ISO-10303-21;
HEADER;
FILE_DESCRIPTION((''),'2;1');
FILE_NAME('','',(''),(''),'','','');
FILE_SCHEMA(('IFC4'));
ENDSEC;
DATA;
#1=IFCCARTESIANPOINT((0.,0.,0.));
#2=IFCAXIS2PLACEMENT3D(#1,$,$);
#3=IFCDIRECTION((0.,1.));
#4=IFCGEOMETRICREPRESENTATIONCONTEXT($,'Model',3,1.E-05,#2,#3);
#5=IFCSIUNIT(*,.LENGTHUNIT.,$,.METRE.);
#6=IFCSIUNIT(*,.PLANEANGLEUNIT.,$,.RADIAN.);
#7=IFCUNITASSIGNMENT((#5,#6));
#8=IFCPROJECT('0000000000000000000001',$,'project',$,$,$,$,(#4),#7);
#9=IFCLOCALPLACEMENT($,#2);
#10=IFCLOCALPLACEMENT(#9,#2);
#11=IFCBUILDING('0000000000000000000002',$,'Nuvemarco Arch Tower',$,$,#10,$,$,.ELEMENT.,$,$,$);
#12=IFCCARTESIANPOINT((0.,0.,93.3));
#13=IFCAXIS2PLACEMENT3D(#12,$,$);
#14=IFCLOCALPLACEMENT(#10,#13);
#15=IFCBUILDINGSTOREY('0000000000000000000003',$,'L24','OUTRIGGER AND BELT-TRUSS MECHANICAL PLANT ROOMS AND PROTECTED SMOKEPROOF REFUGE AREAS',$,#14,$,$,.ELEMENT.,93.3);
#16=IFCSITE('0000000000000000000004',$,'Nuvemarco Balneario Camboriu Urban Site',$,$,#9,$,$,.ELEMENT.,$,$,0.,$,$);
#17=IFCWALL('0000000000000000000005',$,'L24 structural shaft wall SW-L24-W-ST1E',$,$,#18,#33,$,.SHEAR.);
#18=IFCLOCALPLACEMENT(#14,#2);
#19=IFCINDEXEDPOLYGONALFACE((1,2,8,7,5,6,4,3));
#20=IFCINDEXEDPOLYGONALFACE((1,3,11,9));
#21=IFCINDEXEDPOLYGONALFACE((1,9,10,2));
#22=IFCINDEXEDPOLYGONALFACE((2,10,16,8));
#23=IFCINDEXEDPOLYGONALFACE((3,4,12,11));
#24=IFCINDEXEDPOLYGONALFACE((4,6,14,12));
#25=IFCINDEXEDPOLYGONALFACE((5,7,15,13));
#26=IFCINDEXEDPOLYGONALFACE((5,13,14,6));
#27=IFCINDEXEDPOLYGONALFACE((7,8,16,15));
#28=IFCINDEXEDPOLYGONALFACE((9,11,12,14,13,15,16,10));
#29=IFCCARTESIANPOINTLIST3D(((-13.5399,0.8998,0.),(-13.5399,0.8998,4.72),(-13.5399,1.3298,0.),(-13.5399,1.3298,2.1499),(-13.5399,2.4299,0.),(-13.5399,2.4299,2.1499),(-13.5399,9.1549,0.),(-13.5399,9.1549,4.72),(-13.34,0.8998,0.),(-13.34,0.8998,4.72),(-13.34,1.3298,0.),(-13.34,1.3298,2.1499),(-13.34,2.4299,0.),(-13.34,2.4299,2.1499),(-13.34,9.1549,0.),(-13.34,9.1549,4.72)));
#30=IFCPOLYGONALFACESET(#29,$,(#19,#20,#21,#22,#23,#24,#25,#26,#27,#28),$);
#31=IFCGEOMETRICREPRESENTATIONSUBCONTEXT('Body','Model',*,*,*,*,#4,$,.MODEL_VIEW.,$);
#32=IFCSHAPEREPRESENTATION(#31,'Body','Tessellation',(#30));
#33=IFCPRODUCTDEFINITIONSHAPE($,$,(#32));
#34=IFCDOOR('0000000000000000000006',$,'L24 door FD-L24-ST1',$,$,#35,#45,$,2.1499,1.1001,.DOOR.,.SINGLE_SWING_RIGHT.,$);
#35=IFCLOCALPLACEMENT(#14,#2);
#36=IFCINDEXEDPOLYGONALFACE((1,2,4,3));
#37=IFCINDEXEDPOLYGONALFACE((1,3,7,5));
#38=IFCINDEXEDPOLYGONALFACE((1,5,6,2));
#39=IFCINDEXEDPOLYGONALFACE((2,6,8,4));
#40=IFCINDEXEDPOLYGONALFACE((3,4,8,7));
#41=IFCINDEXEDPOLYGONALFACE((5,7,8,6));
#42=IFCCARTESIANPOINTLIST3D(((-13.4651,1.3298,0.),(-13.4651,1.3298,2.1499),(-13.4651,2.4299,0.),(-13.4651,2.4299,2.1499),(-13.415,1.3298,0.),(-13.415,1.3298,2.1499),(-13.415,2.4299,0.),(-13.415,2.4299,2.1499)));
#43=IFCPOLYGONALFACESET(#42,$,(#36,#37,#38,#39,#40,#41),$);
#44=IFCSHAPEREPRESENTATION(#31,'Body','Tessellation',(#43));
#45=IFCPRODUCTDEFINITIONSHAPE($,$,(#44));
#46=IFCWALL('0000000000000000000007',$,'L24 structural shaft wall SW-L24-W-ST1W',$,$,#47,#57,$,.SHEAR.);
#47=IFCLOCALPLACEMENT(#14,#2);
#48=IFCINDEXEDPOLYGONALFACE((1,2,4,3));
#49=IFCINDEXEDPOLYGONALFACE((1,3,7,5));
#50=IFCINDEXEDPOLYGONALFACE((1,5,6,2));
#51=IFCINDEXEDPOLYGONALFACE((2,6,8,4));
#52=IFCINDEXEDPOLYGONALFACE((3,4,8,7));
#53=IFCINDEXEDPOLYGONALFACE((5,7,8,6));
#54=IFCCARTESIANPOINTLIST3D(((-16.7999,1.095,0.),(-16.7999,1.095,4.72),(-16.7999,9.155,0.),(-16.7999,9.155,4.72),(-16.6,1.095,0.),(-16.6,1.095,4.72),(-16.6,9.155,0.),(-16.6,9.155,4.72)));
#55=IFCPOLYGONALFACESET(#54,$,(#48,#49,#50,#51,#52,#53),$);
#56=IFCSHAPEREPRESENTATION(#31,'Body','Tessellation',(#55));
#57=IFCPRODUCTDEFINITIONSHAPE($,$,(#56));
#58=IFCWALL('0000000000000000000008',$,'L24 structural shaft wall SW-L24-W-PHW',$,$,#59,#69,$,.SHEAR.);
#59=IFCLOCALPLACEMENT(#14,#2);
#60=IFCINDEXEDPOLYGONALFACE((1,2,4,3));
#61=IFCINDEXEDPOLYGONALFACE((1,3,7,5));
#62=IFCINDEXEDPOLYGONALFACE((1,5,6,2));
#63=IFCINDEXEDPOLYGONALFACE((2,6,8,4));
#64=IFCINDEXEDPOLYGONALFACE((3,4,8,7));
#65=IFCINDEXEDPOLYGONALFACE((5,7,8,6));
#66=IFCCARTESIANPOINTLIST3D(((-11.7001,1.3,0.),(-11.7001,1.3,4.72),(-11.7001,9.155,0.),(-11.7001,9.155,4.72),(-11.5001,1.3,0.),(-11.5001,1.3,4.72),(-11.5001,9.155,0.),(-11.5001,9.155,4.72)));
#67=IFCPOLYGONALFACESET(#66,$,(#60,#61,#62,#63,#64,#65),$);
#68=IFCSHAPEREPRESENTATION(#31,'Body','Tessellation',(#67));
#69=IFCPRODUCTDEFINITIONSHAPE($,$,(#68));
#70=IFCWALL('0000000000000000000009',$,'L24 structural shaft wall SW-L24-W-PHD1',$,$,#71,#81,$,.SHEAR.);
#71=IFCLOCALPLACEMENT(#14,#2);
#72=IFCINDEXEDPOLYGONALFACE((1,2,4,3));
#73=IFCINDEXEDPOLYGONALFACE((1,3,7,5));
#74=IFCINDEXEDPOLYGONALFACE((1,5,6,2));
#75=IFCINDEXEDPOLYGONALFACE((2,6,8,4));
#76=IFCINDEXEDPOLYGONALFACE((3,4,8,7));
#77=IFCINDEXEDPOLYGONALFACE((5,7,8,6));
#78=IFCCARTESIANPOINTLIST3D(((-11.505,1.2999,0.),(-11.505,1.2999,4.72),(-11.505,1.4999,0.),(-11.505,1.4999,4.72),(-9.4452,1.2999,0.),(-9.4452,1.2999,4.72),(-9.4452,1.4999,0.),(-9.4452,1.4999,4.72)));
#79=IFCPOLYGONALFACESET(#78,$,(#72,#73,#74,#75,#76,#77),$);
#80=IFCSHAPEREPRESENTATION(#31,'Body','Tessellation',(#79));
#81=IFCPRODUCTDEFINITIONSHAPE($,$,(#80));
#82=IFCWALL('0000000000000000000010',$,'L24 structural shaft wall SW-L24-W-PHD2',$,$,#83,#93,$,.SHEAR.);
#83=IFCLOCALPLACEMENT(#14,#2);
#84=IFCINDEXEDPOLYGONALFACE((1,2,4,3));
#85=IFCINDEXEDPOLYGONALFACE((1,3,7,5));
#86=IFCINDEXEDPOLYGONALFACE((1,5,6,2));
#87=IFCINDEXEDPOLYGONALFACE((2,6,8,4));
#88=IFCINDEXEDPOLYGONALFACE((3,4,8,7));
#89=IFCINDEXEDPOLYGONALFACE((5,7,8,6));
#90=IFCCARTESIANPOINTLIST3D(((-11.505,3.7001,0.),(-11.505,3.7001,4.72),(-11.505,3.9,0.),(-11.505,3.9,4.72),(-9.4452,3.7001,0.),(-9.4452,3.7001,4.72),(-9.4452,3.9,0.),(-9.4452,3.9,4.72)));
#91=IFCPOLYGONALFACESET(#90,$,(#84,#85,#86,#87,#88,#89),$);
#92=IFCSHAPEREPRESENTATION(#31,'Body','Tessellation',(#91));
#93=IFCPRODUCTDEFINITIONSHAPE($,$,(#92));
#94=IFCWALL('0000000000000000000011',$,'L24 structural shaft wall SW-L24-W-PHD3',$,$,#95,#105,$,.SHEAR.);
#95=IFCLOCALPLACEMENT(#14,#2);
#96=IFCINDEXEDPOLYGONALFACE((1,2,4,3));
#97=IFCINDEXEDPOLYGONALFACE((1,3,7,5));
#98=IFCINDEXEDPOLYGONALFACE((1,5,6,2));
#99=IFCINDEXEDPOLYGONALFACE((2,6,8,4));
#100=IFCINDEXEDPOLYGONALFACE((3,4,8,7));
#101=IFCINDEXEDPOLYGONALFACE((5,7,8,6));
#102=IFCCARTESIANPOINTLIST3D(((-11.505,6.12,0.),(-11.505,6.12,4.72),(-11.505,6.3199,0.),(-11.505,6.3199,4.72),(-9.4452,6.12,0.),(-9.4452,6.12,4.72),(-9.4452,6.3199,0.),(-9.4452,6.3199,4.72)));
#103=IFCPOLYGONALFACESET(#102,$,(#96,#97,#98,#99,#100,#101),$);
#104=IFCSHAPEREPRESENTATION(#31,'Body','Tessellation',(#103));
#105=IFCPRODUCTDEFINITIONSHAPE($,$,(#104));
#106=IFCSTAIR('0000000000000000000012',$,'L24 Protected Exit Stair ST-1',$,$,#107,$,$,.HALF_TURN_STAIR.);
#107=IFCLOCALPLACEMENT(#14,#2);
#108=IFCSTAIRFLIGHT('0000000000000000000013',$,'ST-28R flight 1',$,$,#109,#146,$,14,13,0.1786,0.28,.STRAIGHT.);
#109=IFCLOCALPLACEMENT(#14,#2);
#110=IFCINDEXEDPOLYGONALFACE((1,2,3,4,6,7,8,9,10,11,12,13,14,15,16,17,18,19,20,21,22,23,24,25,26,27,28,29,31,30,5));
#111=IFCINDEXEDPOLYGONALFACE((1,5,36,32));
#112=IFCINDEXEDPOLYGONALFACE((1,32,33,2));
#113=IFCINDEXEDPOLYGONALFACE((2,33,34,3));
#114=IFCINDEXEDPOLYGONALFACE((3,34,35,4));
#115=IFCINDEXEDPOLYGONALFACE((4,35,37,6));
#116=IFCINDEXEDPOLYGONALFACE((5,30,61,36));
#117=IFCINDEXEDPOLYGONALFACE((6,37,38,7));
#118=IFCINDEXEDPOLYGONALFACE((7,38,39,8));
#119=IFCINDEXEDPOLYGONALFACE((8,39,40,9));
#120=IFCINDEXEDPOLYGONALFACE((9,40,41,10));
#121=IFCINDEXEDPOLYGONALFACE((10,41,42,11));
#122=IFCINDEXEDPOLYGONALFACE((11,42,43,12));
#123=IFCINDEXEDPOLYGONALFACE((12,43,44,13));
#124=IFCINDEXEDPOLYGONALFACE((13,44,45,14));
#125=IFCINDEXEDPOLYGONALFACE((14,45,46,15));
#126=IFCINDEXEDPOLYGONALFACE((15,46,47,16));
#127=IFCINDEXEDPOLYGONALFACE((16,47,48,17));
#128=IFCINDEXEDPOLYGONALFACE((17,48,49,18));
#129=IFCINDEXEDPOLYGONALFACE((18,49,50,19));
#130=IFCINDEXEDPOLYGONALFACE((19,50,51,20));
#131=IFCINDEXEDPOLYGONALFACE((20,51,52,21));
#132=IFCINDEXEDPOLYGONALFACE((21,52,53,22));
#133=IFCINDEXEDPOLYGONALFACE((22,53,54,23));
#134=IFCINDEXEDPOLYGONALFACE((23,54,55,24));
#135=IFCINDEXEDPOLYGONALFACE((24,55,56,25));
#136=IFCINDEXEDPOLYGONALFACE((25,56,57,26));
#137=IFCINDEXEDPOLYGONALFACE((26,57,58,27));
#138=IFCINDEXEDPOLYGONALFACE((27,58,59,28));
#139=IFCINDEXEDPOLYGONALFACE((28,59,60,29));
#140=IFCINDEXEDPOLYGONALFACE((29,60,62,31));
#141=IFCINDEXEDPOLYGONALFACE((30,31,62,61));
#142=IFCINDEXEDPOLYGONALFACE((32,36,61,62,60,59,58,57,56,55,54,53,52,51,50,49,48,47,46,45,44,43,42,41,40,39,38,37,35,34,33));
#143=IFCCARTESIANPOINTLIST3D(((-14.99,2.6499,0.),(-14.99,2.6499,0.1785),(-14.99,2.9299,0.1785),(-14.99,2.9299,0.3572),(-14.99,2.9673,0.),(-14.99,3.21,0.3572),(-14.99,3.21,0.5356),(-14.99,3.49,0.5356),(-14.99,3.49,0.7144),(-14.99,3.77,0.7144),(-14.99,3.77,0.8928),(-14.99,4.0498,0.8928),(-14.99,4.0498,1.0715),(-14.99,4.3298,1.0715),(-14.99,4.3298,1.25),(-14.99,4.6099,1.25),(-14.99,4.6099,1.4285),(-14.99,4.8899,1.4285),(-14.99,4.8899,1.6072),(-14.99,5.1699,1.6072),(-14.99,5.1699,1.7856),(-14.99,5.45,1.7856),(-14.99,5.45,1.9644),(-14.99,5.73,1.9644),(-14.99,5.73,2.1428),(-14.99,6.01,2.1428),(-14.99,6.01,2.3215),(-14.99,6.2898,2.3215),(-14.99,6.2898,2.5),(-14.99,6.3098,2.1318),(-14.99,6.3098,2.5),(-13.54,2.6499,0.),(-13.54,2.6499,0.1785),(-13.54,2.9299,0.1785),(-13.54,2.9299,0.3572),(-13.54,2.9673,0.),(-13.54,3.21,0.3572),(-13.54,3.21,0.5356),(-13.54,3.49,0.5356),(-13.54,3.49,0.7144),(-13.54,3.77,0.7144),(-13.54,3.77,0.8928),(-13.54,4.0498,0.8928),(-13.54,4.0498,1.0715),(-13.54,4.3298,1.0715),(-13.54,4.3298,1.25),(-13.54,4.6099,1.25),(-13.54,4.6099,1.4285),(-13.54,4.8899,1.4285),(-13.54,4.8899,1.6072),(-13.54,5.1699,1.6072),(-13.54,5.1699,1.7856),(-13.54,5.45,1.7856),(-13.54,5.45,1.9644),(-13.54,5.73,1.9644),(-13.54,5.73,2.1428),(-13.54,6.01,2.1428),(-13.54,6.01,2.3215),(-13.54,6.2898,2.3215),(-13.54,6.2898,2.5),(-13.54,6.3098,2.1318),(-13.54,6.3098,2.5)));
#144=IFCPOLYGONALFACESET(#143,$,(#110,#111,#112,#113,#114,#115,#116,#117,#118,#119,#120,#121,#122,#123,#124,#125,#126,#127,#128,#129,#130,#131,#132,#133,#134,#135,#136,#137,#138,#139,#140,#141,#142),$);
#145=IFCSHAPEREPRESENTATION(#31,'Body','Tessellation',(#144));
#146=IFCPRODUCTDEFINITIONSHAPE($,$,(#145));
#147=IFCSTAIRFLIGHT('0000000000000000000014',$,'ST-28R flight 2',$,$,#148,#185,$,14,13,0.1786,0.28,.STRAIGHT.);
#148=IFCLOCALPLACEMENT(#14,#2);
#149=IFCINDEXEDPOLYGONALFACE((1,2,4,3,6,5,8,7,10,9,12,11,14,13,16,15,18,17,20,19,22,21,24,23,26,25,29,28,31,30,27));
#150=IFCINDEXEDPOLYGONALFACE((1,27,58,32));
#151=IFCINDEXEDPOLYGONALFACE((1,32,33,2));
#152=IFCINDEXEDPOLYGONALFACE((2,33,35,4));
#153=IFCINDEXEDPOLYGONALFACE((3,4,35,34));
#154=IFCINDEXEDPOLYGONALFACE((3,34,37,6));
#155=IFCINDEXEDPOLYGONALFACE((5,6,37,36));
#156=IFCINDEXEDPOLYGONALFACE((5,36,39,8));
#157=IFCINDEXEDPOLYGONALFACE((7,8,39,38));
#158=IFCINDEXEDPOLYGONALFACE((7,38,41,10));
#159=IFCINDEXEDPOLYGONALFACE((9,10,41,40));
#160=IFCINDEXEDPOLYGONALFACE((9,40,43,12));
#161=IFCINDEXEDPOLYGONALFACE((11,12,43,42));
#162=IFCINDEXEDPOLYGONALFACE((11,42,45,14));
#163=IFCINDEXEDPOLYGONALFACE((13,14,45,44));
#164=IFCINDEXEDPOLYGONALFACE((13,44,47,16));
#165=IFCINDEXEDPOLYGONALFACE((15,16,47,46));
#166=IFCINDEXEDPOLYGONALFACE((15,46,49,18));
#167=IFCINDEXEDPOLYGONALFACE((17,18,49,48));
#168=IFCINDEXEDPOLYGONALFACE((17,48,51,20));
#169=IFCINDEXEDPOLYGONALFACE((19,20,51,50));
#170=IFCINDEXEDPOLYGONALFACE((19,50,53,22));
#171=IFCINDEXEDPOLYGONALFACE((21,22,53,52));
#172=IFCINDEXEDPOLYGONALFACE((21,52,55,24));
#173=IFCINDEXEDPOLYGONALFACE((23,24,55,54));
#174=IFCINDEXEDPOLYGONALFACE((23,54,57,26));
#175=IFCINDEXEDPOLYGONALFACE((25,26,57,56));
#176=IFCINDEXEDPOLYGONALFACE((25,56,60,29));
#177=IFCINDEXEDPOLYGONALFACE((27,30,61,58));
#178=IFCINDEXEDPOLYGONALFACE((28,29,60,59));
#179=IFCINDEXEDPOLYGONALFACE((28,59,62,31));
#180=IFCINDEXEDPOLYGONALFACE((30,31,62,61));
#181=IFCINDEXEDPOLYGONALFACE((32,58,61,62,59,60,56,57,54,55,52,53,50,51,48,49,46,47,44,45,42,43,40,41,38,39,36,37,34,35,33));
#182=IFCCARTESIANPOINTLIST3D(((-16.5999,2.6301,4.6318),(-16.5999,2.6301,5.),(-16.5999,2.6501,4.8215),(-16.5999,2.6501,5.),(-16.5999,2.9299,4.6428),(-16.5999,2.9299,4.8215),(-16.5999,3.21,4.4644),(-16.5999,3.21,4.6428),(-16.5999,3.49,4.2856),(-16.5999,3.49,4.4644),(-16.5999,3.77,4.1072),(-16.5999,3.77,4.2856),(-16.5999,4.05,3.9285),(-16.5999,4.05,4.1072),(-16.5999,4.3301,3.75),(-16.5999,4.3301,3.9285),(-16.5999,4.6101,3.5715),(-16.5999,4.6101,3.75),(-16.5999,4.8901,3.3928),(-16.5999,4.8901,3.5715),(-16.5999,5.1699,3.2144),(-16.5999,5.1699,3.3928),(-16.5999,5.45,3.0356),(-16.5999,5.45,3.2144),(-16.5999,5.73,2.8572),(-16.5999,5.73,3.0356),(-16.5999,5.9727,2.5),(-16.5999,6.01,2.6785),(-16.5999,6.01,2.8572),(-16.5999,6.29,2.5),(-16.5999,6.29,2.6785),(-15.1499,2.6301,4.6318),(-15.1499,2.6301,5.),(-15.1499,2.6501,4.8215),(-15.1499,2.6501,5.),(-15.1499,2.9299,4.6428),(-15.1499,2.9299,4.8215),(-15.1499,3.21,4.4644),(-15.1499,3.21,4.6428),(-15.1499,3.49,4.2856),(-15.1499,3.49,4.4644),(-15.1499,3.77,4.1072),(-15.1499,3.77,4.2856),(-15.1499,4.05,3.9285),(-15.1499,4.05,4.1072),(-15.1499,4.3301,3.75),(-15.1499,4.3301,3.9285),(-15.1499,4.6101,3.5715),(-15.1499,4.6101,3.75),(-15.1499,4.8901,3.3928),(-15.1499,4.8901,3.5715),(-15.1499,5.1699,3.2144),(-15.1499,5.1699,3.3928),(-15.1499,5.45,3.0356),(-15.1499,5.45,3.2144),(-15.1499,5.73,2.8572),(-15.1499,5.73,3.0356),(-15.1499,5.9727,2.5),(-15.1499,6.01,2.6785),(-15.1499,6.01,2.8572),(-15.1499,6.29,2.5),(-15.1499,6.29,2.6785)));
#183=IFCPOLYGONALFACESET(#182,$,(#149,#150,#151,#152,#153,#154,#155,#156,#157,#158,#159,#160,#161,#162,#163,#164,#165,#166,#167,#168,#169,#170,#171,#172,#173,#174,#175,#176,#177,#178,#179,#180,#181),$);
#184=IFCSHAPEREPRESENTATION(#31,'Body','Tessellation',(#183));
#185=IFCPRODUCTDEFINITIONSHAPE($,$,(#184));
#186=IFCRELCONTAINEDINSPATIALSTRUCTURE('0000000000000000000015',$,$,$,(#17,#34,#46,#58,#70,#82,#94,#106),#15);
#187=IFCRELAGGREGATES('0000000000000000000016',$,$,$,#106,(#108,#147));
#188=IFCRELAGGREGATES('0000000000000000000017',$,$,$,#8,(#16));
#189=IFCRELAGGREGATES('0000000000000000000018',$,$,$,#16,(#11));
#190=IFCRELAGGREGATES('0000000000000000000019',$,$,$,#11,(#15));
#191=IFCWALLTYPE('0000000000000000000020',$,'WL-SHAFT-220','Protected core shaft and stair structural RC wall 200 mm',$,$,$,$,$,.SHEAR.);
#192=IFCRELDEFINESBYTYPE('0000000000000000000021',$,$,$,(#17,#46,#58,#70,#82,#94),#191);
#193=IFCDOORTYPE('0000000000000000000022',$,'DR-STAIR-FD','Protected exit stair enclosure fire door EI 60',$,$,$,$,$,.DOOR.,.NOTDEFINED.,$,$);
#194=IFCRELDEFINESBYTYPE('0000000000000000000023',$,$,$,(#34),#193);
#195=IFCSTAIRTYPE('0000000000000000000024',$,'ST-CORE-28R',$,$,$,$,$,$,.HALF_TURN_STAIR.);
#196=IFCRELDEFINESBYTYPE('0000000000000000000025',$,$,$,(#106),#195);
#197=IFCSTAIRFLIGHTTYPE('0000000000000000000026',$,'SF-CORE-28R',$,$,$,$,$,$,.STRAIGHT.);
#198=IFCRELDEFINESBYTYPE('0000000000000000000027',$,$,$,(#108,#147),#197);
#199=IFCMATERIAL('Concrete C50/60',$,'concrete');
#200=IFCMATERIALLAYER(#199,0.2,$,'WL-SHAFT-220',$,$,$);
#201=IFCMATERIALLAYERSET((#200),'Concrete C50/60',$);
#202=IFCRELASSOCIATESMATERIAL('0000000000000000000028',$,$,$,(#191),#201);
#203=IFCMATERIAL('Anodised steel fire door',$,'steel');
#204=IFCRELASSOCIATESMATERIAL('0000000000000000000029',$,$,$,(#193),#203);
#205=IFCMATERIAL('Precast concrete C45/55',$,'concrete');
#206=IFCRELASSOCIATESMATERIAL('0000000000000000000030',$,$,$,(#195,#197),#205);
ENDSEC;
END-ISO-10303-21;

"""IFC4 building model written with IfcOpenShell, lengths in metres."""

from ifc_helpers import new_model, si_unit, direction, frame, frame_2d, origin, place, context, subcontext, project, spatial, polyline, rectangle, outline, extrude, source, transform, mapped, material, layer, layer_set, type_object, type_shapes, element, fill, aggregate, save


model = new_model("IFC4")

# Units and contexts
model_context = context("Model", 3, precision=1e-05, world=origin(), true_north=direction((0.0, 1.0)))
body_context = subcontext(model_context, "Body", "Model", "MODEL_VIEW")
ifc_project = project(units=[si_unit("LENGTHUNIT", "METRE"), si_unit("PLANEANGLEUNIT", "RADIAN")], contexts=[model_context])

# Site, building, storey
site_placement = place(None, origin())
site = spatial("IfcSite", under=ifc_project, at=site_placement, Name="Nuvemarco Balneario Camboriu Urban Site", CompositionType="ELEMENT", RefElevation=0.0)
building_placement = place(site_placement, origin())
building = spatial("IfcBuilding", under=site, at=building_placement, Name="Nuvemarco Arch Tower", CompositionType="ELEMENT")
storey_placement = place(building_placement, frame((0.0, 0.0, 93.3)))
storey = spatial("IfcBuildingStorey", under=building, at=storey_placement, Name="L24", Description="OUTRIGGER AND BELT-TRUSS MECHANICAL PLANT ROOMS AND PROTECTED SMOKEPROOF REFUGE AREAS", CompositionType="ELEMENT", Elevation=93.3)

# Shared definitions
ifc_material_1 = material(Name="Precast concrete C45/55", Category="concrete")

# Wall, opening, door
ifc_material_2 = material(Name="Concrete C50/60", Category="concrete")
ifc_layer_1 = layer(ifc_material_2, 0.2, Name="WL-SHAFT-220")
ifc_layer_set_1 = layer_set([ifc_layer_1], Name="Concrete C50/60")
wall_type_1 = type_object("IfcWallType", Name="WL-SHAFT-220", Description="Protected core shaft and stair structural RC wall 200 mm", PredefinedType="SHEAR", material=ifc_layer_set_1)
wall_1_placement = place(storey_placement, frame((-13.4399, 0.8999, 0.0), z_axis=(0.0, 0.0, 1.0), x_axis=(0.0, 1.0, 0.0)))
wall_1 = element("IfcWall", 1, at=wall_1_placement, inside=storey, type_object=wall_type_1, Name="L24 structural shaft wall SW-L24-W-ST1E", PredefinedType="SHEAR", context=body_context, shape_type="SweptSolid", body=[
    extrude(rectangle(XDim=8.2551, YDim=0.2, at=frame_2d((4.1274, 0.0))), origin(), (0.0, 0.0, 1.0), 4.72),
])
opening_1_placement = place(wall_1_placement, frame((1.53, 0.0, 0.0), z_axis=(0.0, 0.0, 1.0), x_axis=(-1.0, 0.0, 0.0)))
opening_1 = element("IfcOpeningElement", 2, at=opening_1_placement, cuts=wall_1, PredefinedType="OPENING", context=body_context, shape_type="SweptSolid", body=[
    extrude(rectangle(XDim=1.1001, YDim=2.1499, at=frame_2d((0.55, 1.075))), frame((0.0, 0.1099, 0.0), z_axis=(0.0, -1.0, 0.0), x_axis=(1.0, 0.0, 0.0)), (0.0, 0.0, 1.0), 0.22),
])
ifc_material_3 = material(Name="Anodised steel fire door", Category="steel")
door_type_1 = type_object("IfcDoorType", Name="DR-STAIR-FD", Description="Protected exit stair enclosure fire door EI 60", OperationType="NOTDEFINED", PredefinedType="DOOR", material=ifc_material_3)
shared_shape_1 = source(origin(), body_context, "Body", "SweptSolid", [
    extrude(rectangle(XDim=1.1001, YDim=2.1499, at=frame_2d((0.55, 1.075))), frame((0.0, 0.0249, 0.0), z_axis=(0.0, -1.0, 0.0), x_axis=(1.0, 0.0, 0.0)), (0.0, 0.0, 1.0), 0.05),
])
type_shapes(door_type_1, [shared_shape_1])
door_1_placement = place(opening_1_placement, origin())
door_1 = element("IfcDoor", 3, at=door_1_placement, inside=storey, type_object=door_type_1, Name="L24 door FD-L24-ST1", OperationType="SINGLE_SWING_RIGHT", OverallHeight=2.1499, OverallWidth=1.1001, PredefinedType="DOOR", context=body_context, shape_type="MappedRepresentation", body=[
    mapped(shared_shape_1, transform((0.0, 0.0, 0.0), scale=1.0)),
])
fill(opening_1, door_1)

# Walls
wall_2_placement = place(storey_placement, frame((-16.7, 1.095, 0.0), z_axis=(0.0, 0.0, 1.0), x_axis=(0.0, 1.0, 0.0)))
element("IfcWall", 4, at=wall_2_placement, inside=storey, type_object=wall_type_1, Name="L24 structural shaft wall SW-L24-W-ST1W", PredefinedType="SHEAR", context=body_context, shape_type="SweptSolid", body=[
    extrude(rectangle(XDim=8.0601, YDim=0.2, at=frame_2d((4.03, 0.0))), origin(), (0.0, 0.0, 1.0), 4.72),
])
wall_3_placement = place(storey_placement, frame((-11.6001, 1.3, 0.0), z_axis=(0.0, 0.0, 1.0), x_axis=(0.0, 1.0, 0.0)))
element("IfcWall", 5, at=wall_3_placement, inside=storey, type_object=wall_type_1, Name="L24 structural shaft wall SW-L24-W-PHW", PredefinedType="SHEAR", context=body_context, shape_type="SweptSolid", body=[
    extrude(rectangle(XDim=7.855, YDim=0.2, at=frame_2d((3.9275, 0.0))), origin(), (0.0, 0.0, 1.0), 4.72),
])
for number, where, z_axis, x_axis, name in (
    (6, (-11.5049, 1.3999, 0.0), (0.0, 0.0, 1.0), (1.0, 0.0, 0.0), "L24 structural shaft wall SW-L24-W-PHD1"),
    (7, (-11.5049, 3.8, 0.0), (0.0, 0.0, 1.0), (1.0, 0.0, 0.0), "L24 structural shaft wall SW-L24-W-PHD2"),
    (8, (-11.5049, 6.22, 0.0), (0.0, 0.0, 1.0), (1.0, 0.0, 0.0), "L24 structural shaft wall SW-L24-W-PHD3"),
):
    element("IfcWall", number, at=place(storey_placement, frame(where, z_axis=z_axis, x_axis=x_axis)), inside=storey, type_object=wall_type_1, Name=name, PredefinedType="SHEAR", context=body_context, shape_type="SweptSolid", body=[
        extrude(rectangle(XDim=2.0598, YDim=0.2, at=frame_2d((1.0298, 0.0))), origin(), (0.0, 0.0, 1.0), 4.72),
    ])

# Stair, stair flights
stair_type = type_object("IfcStairType", Name="ST-CORE-28R", PredefinedType="HALF_TURN_STAIR", material=ifc_material_1)
stair_placement = place(storey_placement, origin())
stair = element("IfcStair", 9, at=stair_placement, inside=storey, type_object=stair_type, Name="L24 Protected Exit Stair ST-1", PredefinedType="HALF_TURN_STAIR")
stair_flight_type = type_object("IfcStairFlightType", Name="SF-CORE-28R", PredefinedType="STRAIGHT", material=ifc_material_1)
stair_flight_1_placement = place(storey_placement, frame((-14.2649, 2.6499, 0.0), z_axis=(0.0, 0.0, 1.0), x_axis=(0.0, 1.0, 0.0)))
stair_flight_1 = element("IfcStairFlight", 10, at=stair_flight_1_placement, type_object=stair_flight_type, Name="ST-28R flight 1", NumberOfRisers=14, NumberOfTreads=13, PredefinedType="STRAIGHT", RiserHeight=0.1786, TreadLength=0.28, context=body_context, shape_type="SweptSolid", body=[
    extrude(outline(polyline([(0.0, 0.0), (0.0, 0.1785), (0.28, 0.1785), (0.28, 0.3572), (0.5601, 0.3572), (0.5601, 0.5356), (0.8401, 0.5356), (0.8401, 0.7144), (1.1201, 0.7144), (1.1201, 0.8928), (1.3999, 0.8928), (1.3999, 1.0715), (1.6799, 1.0715), (1.6799, 1.25), (1.96, 1.25), (1.96, 1.4285), (2.24, 1.4285), (2.24, 1.6072), (2.52, 1.6072), (2.52, 1.7856), (2.8, 1.7856), (2.8, 1.9644), (3.0801, 1.9644), (3.0801, 2.1428), (3.3601, 2.1428), (3.3601, 2.3215), (3.6399, 2.3215), (3.6399, 2.5), (3.6599, 2.5), (3.6599, 2.1318), (0.3174, 0.0), (0.0, 0.0)])), frame((0.0, 0.7251, 0.0), z_axis=(0.0, -1.0, 0.0), x_axis=(1.0, 0.0, 0.0)), (0.0, 0.0, 1.0), 1.45),
])
stair_flight_2_placement = place(storey_placement, frame((-15.875, 6.29, 2.5), z_axis=(0.0, 0.0, 1.0), x_axis=(0.0, -1.0, 0.0)))
stair_flight_2 = element("IfcStairFlight", 11, at=stair_flight_2_placement, type_object=stair_flight_type, Name="ST-28R flight 2", NumberOfRisers=14, NumberOfTreads=13, PredefinedType="STRAIGHT", RiserHeight=0.1786, TreadLength=0.28, context=body_context, shape_type="SweptSolid", body=[
    extrude(outline(polyline([(0.0, 0.0), (0.0, 0.1785), (0.28, 0.1785), (0.28, 0.3572), (0.5601, 0.3572), (0.5601, 0.5356), (0.8401, 0.5356), (0.8401, 0.7144), (1.1201, 0.7144), (1.1201, 0.8928), (1.3999, 0.8928), (1.3999, 1.0715), (1.6799, 1.0715), (1.6799, 1.25), (1.96, 1.25), (1.96, 1.4285), (2.24, 1.4285), (2.24, 1.6072), (2.52, 1.6072), (2.52, 1.7856), (2.8, 1.7856), (2.8, 1.9644), (3.0801, 1.9644), (3.0801, 2.1428), (3.3601, 2.1428), (3.3601, 2.3215), (3.6399, 2.3215), (3.6399, 2.5), (3.6599, 2.5), (3.6599, 2.1318), (0.3174, 0.0), (0.0, 0.0)])), frame((0.0, 0.7251, 0.0), z_axis=(0.0, -1.0, 0.0), x_axis=(1.0, 0.0, 0.0)), (0.0, 0.0, 1.0), 1.45),
])
aggregate(stair, [stair_flight_1, stair_flight_2])

save(model, "model.ifc")
